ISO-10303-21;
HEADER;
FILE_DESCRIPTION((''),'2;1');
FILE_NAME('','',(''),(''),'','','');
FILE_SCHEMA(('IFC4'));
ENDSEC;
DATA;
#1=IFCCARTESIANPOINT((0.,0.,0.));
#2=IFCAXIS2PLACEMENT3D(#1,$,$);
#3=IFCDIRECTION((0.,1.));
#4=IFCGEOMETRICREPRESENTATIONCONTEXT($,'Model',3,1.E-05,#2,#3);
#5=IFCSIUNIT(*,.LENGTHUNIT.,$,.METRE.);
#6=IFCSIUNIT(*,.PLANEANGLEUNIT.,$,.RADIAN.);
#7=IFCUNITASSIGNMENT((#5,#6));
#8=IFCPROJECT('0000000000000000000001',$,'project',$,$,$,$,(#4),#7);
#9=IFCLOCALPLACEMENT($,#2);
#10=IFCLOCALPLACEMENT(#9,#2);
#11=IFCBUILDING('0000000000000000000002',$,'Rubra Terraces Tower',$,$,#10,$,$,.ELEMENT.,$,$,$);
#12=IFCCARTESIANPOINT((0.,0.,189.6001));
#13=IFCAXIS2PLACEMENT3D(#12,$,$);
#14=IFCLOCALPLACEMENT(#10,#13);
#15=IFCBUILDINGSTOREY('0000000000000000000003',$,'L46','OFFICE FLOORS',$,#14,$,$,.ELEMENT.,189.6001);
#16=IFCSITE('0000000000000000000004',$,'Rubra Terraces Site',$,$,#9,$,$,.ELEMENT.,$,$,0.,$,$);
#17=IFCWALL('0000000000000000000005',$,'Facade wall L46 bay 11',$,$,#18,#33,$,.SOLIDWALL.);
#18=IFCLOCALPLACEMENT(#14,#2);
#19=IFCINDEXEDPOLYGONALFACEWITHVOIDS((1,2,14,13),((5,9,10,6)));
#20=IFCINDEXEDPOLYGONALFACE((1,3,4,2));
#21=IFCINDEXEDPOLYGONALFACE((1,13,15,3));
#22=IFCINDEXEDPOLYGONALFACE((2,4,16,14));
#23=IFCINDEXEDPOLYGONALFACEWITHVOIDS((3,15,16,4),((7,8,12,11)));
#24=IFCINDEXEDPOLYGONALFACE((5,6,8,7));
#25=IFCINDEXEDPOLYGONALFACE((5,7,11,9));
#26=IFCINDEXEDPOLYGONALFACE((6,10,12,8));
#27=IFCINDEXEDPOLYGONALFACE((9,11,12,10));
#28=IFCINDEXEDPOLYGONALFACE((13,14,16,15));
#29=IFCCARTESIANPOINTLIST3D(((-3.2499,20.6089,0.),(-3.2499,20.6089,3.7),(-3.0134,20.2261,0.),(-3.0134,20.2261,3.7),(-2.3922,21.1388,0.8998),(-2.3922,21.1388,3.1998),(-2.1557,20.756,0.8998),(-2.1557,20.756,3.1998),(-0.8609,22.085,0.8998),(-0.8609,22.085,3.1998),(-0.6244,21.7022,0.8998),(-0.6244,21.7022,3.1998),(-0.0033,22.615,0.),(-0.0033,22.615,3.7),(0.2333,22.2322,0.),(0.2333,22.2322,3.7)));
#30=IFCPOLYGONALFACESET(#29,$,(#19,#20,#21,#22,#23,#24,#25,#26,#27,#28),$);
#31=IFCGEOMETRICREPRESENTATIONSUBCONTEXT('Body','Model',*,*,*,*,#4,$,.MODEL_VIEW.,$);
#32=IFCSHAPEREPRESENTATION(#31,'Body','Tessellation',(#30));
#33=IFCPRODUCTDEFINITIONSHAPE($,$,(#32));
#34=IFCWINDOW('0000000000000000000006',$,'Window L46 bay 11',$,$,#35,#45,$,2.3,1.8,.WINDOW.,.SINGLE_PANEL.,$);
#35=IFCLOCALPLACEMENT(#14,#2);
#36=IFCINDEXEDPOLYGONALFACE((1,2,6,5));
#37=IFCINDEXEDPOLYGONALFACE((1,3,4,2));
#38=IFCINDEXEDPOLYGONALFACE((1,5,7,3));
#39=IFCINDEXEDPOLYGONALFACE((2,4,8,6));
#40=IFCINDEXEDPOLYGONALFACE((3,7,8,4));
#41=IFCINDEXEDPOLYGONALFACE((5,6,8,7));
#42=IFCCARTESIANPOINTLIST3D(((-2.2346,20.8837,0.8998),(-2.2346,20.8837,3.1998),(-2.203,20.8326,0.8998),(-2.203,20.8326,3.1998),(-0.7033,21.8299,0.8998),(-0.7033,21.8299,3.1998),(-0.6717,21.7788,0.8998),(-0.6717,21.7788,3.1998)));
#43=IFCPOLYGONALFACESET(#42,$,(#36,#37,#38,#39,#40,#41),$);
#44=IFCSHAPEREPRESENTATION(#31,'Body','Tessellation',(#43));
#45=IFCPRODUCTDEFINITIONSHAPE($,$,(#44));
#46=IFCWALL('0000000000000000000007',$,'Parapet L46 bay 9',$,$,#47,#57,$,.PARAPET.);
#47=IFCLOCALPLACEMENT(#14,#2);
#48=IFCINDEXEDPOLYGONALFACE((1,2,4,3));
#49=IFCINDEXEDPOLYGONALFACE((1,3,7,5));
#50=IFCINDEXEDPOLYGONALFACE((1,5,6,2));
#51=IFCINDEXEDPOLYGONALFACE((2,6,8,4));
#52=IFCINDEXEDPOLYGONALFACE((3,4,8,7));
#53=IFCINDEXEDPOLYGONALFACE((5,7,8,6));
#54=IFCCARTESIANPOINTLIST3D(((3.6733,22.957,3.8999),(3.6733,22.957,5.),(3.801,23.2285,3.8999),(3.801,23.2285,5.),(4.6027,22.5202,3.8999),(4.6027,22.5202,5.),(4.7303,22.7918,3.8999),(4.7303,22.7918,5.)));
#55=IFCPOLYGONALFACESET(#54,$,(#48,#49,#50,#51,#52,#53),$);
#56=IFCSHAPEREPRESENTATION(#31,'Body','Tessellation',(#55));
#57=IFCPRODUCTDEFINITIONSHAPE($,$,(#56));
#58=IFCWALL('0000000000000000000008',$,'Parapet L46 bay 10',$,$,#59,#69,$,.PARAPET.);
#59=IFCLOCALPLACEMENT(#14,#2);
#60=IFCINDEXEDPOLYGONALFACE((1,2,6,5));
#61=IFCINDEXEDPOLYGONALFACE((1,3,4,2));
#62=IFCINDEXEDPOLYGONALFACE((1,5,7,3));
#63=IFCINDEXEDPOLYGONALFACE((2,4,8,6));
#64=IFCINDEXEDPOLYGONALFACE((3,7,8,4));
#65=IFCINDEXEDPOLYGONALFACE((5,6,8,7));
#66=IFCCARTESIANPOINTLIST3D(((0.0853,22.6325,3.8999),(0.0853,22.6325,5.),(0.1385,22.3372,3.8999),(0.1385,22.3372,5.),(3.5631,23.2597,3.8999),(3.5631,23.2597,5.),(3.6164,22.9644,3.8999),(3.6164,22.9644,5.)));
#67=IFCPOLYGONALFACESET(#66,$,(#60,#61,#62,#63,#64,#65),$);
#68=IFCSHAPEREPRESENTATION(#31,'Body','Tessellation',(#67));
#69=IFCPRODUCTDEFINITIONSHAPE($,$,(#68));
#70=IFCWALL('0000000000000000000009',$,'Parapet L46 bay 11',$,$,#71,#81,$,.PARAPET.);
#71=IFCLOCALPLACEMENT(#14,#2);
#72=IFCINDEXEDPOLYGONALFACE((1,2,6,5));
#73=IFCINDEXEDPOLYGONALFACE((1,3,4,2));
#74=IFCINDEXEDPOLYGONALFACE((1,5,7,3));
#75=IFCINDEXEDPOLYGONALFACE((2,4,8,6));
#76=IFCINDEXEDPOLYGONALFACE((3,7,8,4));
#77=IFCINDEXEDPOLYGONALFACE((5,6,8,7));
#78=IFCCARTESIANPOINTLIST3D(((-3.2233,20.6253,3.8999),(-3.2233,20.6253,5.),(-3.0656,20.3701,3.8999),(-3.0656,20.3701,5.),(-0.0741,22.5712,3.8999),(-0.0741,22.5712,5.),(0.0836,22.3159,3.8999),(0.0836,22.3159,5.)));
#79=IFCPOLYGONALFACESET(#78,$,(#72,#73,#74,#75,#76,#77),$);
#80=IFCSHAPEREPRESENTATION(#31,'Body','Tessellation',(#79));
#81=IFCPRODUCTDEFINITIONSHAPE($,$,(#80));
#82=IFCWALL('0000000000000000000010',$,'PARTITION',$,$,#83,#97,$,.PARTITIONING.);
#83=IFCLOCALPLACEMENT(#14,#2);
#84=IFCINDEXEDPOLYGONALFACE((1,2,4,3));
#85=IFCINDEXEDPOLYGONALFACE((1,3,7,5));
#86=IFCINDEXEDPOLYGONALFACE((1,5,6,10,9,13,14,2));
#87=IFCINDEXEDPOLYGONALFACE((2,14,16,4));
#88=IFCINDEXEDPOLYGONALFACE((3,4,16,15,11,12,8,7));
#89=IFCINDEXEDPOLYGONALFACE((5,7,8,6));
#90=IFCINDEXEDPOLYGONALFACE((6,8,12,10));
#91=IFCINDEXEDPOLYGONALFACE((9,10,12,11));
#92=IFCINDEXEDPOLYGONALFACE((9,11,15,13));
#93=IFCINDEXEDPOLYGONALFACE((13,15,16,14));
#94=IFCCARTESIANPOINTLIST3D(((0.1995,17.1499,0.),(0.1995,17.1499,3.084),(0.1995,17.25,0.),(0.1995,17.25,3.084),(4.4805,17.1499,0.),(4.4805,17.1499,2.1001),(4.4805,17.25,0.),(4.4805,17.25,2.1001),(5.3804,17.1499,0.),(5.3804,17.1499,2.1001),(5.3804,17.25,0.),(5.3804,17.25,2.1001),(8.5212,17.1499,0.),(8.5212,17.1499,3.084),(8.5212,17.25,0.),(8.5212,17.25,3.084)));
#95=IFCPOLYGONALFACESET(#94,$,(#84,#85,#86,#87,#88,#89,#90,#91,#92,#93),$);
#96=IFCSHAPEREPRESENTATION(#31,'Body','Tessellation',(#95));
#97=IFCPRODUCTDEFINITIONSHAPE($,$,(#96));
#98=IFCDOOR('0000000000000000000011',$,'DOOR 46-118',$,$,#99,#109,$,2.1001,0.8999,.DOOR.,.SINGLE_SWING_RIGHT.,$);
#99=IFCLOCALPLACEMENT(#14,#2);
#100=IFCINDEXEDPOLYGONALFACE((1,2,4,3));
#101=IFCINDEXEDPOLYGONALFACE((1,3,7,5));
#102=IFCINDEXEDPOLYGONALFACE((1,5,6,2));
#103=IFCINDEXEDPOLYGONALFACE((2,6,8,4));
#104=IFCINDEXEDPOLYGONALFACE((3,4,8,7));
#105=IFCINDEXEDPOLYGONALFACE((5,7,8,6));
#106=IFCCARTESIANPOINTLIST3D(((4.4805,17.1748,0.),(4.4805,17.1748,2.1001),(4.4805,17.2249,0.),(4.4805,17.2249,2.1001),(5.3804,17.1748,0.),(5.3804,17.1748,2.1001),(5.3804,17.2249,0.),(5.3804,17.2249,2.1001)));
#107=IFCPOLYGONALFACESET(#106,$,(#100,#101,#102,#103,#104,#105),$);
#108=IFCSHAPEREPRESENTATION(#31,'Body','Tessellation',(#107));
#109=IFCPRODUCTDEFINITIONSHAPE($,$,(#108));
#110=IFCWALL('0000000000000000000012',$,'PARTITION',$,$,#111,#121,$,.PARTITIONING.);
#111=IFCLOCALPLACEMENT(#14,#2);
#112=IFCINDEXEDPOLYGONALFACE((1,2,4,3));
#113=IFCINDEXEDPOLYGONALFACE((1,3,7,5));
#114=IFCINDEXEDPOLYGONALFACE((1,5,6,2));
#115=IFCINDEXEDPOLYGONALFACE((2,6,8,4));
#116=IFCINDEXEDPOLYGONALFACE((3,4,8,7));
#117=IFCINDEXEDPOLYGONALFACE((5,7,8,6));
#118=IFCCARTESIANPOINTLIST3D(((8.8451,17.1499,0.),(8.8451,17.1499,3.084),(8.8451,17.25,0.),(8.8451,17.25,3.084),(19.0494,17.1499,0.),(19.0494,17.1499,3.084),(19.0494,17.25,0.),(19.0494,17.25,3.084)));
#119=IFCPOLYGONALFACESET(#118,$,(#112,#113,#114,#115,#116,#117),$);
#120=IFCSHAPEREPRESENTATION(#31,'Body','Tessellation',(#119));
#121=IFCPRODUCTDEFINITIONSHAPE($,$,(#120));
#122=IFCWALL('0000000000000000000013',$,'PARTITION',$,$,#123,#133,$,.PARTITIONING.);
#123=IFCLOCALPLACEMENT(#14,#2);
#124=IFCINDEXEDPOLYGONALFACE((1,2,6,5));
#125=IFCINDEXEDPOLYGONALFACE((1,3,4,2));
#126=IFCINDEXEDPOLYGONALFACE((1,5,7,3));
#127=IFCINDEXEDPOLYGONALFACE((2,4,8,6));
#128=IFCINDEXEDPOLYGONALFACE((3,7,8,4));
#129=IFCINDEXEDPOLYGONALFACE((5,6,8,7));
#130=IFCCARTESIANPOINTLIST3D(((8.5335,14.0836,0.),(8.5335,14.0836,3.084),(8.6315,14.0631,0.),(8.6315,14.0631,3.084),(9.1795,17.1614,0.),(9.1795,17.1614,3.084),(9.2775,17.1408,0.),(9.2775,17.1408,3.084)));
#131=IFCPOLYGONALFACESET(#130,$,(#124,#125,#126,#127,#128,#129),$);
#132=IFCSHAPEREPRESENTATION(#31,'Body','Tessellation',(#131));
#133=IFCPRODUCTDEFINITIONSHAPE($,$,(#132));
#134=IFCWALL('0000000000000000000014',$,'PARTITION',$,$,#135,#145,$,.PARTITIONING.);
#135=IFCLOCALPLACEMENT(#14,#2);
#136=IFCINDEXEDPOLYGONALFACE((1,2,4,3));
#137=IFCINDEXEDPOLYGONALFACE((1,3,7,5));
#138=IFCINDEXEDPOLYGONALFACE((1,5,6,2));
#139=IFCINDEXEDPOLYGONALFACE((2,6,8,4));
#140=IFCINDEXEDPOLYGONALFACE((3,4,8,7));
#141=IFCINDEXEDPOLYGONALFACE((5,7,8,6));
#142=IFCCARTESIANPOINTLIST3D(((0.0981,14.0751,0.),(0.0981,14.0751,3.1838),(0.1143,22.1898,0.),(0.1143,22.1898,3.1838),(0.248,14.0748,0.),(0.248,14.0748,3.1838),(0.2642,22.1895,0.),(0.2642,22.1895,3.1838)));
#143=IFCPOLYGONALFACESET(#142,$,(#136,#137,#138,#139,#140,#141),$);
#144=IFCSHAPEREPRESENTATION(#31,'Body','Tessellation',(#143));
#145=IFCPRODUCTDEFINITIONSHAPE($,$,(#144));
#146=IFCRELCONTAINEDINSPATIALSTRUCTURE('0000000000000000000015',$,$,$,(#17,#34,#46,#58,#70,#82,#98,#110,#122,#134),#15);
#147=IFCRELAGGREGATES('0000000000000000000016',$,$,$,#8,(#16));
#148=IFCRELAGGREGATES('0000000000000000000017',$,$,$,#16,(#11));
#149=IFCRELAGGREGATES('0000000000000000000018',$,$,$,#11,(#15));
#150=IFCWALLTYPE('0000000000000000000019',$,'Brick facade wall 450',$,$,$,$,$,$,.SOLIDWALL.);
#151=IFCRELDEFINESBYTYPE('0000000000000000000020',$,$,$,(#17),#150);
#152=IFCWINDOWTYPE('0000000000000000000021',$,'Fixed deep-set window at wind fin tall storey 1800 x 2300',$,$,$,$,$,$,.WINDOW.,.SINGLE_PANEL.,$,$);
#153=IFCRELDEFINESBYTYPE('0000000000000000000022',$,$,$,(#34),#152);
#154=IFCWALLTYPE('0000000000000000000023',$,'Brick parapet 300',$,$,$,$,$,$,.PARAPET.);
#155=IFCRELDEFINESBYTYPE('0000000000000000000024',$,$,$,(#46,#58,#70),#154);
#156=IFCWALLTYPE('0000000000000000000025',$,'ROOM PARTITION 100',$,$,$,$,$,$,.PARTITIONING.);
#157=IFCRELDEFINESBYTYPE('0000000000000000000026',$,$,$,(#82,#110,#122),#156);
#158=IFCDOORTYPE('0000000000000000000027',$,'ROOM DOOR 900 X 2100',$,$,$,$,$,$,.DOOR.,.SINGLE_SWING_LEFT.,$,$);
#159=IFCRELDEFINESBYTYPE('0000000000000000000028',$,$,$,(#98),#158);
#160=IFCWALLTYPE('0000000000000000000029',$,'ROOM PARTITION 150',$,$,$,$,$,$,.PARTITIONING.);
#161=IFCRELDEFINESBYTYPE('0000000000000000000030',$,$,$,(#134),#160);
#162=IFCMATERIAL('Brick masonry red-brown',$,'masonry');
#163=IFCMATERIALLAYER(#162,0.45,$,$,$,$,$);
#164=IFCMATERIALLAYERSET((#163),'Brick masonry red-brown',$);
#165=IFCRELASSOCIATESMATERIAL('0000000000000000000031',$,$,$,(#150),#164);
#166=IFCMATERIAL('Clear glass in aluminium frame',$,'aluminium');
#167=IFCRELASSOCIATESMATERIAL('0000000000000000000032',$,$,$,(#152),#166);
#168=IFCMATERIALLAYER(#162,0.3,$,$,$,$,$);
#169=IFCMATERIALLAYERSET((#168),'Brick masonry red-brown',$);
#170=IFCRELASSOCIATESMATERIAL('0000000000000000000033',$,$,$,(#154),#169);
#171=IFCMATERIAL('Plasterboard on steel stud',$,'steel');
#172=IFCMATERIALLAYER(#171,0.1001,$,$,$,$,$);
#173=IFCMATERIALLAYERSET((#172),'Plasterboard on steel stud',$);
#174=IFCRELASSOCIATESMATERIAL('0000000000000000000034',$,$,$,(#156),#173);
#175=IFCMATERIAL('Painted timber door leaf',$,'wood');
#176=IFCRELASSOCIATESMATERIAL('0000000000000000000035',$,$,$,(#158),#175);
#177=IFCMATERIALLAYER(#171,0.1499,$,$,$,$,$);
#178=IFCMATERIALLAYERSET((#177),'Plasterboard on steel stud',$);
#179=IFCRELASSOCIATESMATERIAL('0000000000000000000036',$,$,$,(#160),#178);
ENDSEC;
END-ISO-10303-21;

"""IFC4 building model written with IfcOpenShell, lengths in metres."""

from ifc_helpers import new_model, si_unit, direction, frame, frame_2d, origin, place, context, subcontext, project, spatial, rectangle, extrude, material, layer, layer_set, type_object, element, fill, save


model = new_model("IFC4")

# Units and contexts
model_context = context("Model", 3, precision=1e-05, world=origin(), true_north=direction((0.0, 1.0)))
body_context = subcontext(model_context, "Body", "Model", "MODEL_VIEW")
ifc_project = project(units=[si_unit("LENGTHUNIT", "METRE"), si_unit("PLANEANGLEUNIT", "RADIAN")], contexts=[model_context])

# Site, building, storey
site_placement = place(None, origin())
site = spatial("IfcSite", under=ifc_project, at=site_placement, Name="Rubra Terraces Site", CompositionType="ELEMENT", RefElevation=0.0)
building_placement = place(site_placement, origin())
building = spatial("IfcBuilding", under=site, at=building_placement, Name="Rubra Terraces Tower", CompositionType="ELEMENT")
storey_placement = place(building_placement, frame((0.0, 0.0, 189.6001)))
storey = spatial("IfcBuildingStorey", under=building, at=storey_placement, Name="L46", Description="OFFICE FLOORS", CompositionType="ELEMENT", Elevation=189.6001)

# Wall, opening, window
ifc_material_1 = material(Name="Brick masonry red-brown", Category="masonry")
ifc_layer_1 = layer(ifc_material_1, 0.45)
ifc_layer_set_1 = layer_set([ifc_layer_1], Name="Brick masonry red-brown")
wall_type_1 = type_object("IfcWallType", Name="Brick facade wall 450", PredefinedType="SOLIDWALL", material=ifc_layer_set_1)
ifc_material_2 = material(Name="Clear glass in aluminium frame", Category="aluminium")
window_type_1 = type_object("IfcWindowType", Name="Fixed deep-set window at wind fin tall storey 1800 x 2300", PartitioningType="SINGLE_PANEL", PredefinedType="WINDOW", material=ifc_material_2)
wall_1_placement = place(storey_placement, frame((0.115, 22.4236, 0.0), z_axis=(0.0, 0.0, 1.0), x_axis=(-0.850697, -0.525656, 0.0)))
wall_1 = element("IfcWall", 1, at=wall_1_placement, inside=storey, type_object=wall_type_1, Name="Facade wall L46 bay 11", PredefinedType="SOLIDWALL", context=body_context, shape_type="SweptSolid", body=[
    extrude(rectangle(XDim=3.8164, YDim=0.45, at=frame_2d((1.9082, 0.0))), origin(), (0.0, 0.0, 1.0), 3.7),
])
opening_1_placement = place(wall_1_placement, frame((1.0083, 0.0, 0.8999)))
opening_1 = element("IfcOpeningElement", 2, at=opening_1_placement, cuts=wall_1, PredefinedType="OPENING", context=body_context, shape_type="SweptSolid", body=[
    extrude(rectangle(XDim=1.8, YDim=2.3, at=frame_2d((0.8999, 1.1499))), frame((0.0, 0.2349, 0.0), z_axis=(0.0, -1.0, 0.0), x_axis=(1.0, 0.0, 0.0)), (0.0, 0.0, 1.0), 0.47),
])
window_1_placement = place(opening_1_placement, origin())
window_1 = element("IfcWindow", 3, at=window_1_placement, inside=storey, type_object=window_type_1, Name="Window L46 bay 11", OverallHeight=2.3, OverallWidth=1.8, PartitioningType="SINGLE_PANEL", PredefinedType="WINDOW", context=body_context, shape_type="SweptSolid", body=[
    extrude(rectangle(XDim=1.8, YDim=2.3, at=frame_2d((0.8999, 1.1499))), frame((0.0, 0.135, 0.0), z_axis=(0.0, -1.0, 0.0), x_axis=(1.0, 0.0, 0.0)), (0.0, 0.0, 1.0), 0.0601),
])
fill(opening_1, window_1)

# Walls
ifc_layer_2 = layer(ifc_material_1, 0.3)
ifc_layer_set_2 = layer_set([ifc_layer_2], Name="Brick masonry red-brown")
wall_type_2 = type_object("IfcWallType", Name="Brick parapet 300", PredefinedType="PARAPET", material=ifc_layer_set_2)
wall_2_placement = place(storey_placement, frame((4.6665, 22.656, 3.8999), z_axis=(0.0, 0.0, 1.0), x_axis=(-0.90505, 0.425305, 0.0)))
element("IfcWall", 4, at=wall_2_placement, inside=storey, type_object=wall_type_2, Name="Parapet L46 bay 9", PredefinedType="PARAPET", context=body_context, shape_type="SweptSolid", body=[
    extrude(rectangle(XDim=1.0269, YDim=0.3, at=frame_2d((0.5134, 0.0))), origin(), (0.0, 0.0, 1.0), 1.1001),
])
wall_3_placement = place(storey_placement, frame((3.5898, 23.1121, 3.8999), z_axis=(0.0, 0.0, 1.0), x_axis=(-0.984124, -0.177481, 0.0)))
element("IfcWall", 5, at=wall_3_placement, inside=storey, type_object=wall_type_2, Name="Parapet L46 bay 10", PredefinedType="PARAPET", context=body_context, shape_type="SweptSolid", body=[
    extrude(rectangle(XDim=3.5339, YDim=0.3, at=frame_2d((1.7671, 0.0))), origin(), (0.0, 0.0, 1.0), 1.1001),
])
wall_4_placement = place(storey_placement, frame((0.0049, 22.4436, 3.8999), z_axis=(0.0, 0.0, 1.0), x_axis=(-0.85071, -0.525635, 0.0)))
element("IfcWall", 6, at=wall_4_placement, inside=storey, type_object=wall_type_2, Name="Parapet L46 bay 11", PredefinedType="PARAPET", context=body_context, shape_type="SweptSolid", body=[
    extrude(rectangle(XDim=3.7019, YDim=0.3, at=frame_2d((1.8511, 0.0))), origin(), (0.0, 0.0, 1.0), 1.1001),
])

# Wall, opening, door
ifc_material_3 = material(Name="Plasterboard on steel stud", Category="steel")
ifc_layer_3 = layer(ifc_material_3, 0.1001)
ifc_layer_set_3 = layer_set([ifc_layer_3], Name="Plasterboard on steel stud")
wall_type_3 = type_object("IfcWallType", Name="ROOM PARTITION 100", PredefinedType="PARTITIONING", material=ifc_layer_set_3)
wall_5_placement = place(storey_placement, frame((0.1995, 17.2, 0.0), z_axis=(0.0, 0.0, 1.0), x_axis=(1.0, 0.0, 0.0)))
wall_5 = element("IfcWall", 7, at=wall_5_placement, inside=storey, type_object=wall_type_3, Name="PARTITION", PredefinedType="PARTITIONING", context=body_context, shape_type="SweptSolid", body=[
    extrude(rectangle(XDim=8.3218, YDim=0.1001, at=frame_2d((4.1609, 0.0))), origin(), (0.0, 0.0, 1.0), 3.084),
])
opening_2_placement = place(wall_5_placement, frame((4.281, 0.0, 0.0)))
opening_2 = element("IfcOpeningElement", 8, at=opening_2_placement, cuts=wall_5, PredefinedType="OPENING", context=body_context, shape_type="SweptSolid", body=[
    extrude(rectangle(XDim=0.8999, YDim=2.1001, at=frame_2d((0.45, 1.05))), frame((0.0, 0.0601, 0.0), z_axis=(0.0, -1.0, 0.0), x_axis=(1.0, 0.0, 0.0)), (0.0, 0.0, 1.0), 0.1201),
])
ifc_material_4 = material(Name="Painted timber door leaf", Category="wood")
door_type = type_object("IfcDoorType", Name="ROOM DOOR 900 X 2100", OperationType="SINGLE_SWING_LEFT", PredefinedType="DOOR", material=ifc_material_4)
door_placement = place(opening_2_placement, origin())
door = element("IfcDoor", 9, at=door_placement, inside=storey, type_object=door_type, Name="DOOR 46-118", OperationType="SINGLE_SWING_RIGHT", OverallHeight=2.1001, OverallWidth=0.8999, PredefinedType="DOOR", context=body_context, shape_type="SweptSolid", body=[
    extrude(rectangle(XDim=0.8999, YDim=2.1001, at=frame_2d((0.45, 1.05))), frame((0.0, 0.0249, 0.0), z_axis=(0.0, -1.0, 0.0), x_axis=(1.0, 0.0, 0.0)), (0.0, 0.0, 1.0), 0.05),
])
fill(opening_2, door)

# Walls
wall_6_placement = place(storey_placement, frame((8.8452, 17.2, 0.0), z_axis=(0.0, 0.0, 1.0), x_axis=(1.0, 0.0, 0.0)))
element("IfcWall", 10, at=wall_6_placement, inside=storey, type_object=wall_type_3, Name="PARTITION", PredefinedType="PARTITIONING", context=body_context, shape_type="SweptSolid", body=[
    extrude(rectangle(XDim=10.2043, YDim=0.1001, at=frame_2d((5.1021, 0.0))), origin(), (0.0, 0.0, 1.0), 3.084),
])
wall_7_placement = place(storey_placement, frame((8.5825, 14.0735, 0.0), z_axis=(0.0, 0.0, 1.0), x_axis=(0.205424, 0.978673, 0.0)))
element("IfcWall", 11, at=wall_7_placement, inside=storey, type_object=wall_type_3, Name="PARTITION", PredefinedType="PARTITIONING", context=body_context, shape_type="SweptSolid", body=[
    extrude(rectangle(XDim=3.1448, YDim=0.1001, at=frame_2d((1.5723, 0.0))), origin(), (0.0, 0.0, 1.0), 3.084),
])
ifc_layer_4 = layer(ifc_material_3, 0.1499)
ifc_layer_set_4 = layer_set([ifc_layer_4], Name="Plasterboard on steel stud")
wall_type_4 = type_object("IfcWallType", Name="ROOM PARTITION 150", PredefinedType="PARTITIONING", material=ifc_layer_set_4)
wall_8_placement = place(storey_placement, frame((0.1892, 22.1897, 0.0), z_axis=(0.0, 0.0, 1.0), x_axis=(-0.001986, -0.999998, 0.0)))
element("IfcWall", 12, at=wall_8_placement, inside=storey, type_object=wall_type_4, Name="PARTITION", PredefinedType="PARTITIONING", context=body_context, shape_type="SweptSolid", body=[
    extrude(rectangle(XDim=8.1147, YDim=0.1499, at=frame_2d((4.0574, 0.0))), origin(), (0.0, 0.0, 1.0), 3.1838),
])

save(model, "model.ifc")
